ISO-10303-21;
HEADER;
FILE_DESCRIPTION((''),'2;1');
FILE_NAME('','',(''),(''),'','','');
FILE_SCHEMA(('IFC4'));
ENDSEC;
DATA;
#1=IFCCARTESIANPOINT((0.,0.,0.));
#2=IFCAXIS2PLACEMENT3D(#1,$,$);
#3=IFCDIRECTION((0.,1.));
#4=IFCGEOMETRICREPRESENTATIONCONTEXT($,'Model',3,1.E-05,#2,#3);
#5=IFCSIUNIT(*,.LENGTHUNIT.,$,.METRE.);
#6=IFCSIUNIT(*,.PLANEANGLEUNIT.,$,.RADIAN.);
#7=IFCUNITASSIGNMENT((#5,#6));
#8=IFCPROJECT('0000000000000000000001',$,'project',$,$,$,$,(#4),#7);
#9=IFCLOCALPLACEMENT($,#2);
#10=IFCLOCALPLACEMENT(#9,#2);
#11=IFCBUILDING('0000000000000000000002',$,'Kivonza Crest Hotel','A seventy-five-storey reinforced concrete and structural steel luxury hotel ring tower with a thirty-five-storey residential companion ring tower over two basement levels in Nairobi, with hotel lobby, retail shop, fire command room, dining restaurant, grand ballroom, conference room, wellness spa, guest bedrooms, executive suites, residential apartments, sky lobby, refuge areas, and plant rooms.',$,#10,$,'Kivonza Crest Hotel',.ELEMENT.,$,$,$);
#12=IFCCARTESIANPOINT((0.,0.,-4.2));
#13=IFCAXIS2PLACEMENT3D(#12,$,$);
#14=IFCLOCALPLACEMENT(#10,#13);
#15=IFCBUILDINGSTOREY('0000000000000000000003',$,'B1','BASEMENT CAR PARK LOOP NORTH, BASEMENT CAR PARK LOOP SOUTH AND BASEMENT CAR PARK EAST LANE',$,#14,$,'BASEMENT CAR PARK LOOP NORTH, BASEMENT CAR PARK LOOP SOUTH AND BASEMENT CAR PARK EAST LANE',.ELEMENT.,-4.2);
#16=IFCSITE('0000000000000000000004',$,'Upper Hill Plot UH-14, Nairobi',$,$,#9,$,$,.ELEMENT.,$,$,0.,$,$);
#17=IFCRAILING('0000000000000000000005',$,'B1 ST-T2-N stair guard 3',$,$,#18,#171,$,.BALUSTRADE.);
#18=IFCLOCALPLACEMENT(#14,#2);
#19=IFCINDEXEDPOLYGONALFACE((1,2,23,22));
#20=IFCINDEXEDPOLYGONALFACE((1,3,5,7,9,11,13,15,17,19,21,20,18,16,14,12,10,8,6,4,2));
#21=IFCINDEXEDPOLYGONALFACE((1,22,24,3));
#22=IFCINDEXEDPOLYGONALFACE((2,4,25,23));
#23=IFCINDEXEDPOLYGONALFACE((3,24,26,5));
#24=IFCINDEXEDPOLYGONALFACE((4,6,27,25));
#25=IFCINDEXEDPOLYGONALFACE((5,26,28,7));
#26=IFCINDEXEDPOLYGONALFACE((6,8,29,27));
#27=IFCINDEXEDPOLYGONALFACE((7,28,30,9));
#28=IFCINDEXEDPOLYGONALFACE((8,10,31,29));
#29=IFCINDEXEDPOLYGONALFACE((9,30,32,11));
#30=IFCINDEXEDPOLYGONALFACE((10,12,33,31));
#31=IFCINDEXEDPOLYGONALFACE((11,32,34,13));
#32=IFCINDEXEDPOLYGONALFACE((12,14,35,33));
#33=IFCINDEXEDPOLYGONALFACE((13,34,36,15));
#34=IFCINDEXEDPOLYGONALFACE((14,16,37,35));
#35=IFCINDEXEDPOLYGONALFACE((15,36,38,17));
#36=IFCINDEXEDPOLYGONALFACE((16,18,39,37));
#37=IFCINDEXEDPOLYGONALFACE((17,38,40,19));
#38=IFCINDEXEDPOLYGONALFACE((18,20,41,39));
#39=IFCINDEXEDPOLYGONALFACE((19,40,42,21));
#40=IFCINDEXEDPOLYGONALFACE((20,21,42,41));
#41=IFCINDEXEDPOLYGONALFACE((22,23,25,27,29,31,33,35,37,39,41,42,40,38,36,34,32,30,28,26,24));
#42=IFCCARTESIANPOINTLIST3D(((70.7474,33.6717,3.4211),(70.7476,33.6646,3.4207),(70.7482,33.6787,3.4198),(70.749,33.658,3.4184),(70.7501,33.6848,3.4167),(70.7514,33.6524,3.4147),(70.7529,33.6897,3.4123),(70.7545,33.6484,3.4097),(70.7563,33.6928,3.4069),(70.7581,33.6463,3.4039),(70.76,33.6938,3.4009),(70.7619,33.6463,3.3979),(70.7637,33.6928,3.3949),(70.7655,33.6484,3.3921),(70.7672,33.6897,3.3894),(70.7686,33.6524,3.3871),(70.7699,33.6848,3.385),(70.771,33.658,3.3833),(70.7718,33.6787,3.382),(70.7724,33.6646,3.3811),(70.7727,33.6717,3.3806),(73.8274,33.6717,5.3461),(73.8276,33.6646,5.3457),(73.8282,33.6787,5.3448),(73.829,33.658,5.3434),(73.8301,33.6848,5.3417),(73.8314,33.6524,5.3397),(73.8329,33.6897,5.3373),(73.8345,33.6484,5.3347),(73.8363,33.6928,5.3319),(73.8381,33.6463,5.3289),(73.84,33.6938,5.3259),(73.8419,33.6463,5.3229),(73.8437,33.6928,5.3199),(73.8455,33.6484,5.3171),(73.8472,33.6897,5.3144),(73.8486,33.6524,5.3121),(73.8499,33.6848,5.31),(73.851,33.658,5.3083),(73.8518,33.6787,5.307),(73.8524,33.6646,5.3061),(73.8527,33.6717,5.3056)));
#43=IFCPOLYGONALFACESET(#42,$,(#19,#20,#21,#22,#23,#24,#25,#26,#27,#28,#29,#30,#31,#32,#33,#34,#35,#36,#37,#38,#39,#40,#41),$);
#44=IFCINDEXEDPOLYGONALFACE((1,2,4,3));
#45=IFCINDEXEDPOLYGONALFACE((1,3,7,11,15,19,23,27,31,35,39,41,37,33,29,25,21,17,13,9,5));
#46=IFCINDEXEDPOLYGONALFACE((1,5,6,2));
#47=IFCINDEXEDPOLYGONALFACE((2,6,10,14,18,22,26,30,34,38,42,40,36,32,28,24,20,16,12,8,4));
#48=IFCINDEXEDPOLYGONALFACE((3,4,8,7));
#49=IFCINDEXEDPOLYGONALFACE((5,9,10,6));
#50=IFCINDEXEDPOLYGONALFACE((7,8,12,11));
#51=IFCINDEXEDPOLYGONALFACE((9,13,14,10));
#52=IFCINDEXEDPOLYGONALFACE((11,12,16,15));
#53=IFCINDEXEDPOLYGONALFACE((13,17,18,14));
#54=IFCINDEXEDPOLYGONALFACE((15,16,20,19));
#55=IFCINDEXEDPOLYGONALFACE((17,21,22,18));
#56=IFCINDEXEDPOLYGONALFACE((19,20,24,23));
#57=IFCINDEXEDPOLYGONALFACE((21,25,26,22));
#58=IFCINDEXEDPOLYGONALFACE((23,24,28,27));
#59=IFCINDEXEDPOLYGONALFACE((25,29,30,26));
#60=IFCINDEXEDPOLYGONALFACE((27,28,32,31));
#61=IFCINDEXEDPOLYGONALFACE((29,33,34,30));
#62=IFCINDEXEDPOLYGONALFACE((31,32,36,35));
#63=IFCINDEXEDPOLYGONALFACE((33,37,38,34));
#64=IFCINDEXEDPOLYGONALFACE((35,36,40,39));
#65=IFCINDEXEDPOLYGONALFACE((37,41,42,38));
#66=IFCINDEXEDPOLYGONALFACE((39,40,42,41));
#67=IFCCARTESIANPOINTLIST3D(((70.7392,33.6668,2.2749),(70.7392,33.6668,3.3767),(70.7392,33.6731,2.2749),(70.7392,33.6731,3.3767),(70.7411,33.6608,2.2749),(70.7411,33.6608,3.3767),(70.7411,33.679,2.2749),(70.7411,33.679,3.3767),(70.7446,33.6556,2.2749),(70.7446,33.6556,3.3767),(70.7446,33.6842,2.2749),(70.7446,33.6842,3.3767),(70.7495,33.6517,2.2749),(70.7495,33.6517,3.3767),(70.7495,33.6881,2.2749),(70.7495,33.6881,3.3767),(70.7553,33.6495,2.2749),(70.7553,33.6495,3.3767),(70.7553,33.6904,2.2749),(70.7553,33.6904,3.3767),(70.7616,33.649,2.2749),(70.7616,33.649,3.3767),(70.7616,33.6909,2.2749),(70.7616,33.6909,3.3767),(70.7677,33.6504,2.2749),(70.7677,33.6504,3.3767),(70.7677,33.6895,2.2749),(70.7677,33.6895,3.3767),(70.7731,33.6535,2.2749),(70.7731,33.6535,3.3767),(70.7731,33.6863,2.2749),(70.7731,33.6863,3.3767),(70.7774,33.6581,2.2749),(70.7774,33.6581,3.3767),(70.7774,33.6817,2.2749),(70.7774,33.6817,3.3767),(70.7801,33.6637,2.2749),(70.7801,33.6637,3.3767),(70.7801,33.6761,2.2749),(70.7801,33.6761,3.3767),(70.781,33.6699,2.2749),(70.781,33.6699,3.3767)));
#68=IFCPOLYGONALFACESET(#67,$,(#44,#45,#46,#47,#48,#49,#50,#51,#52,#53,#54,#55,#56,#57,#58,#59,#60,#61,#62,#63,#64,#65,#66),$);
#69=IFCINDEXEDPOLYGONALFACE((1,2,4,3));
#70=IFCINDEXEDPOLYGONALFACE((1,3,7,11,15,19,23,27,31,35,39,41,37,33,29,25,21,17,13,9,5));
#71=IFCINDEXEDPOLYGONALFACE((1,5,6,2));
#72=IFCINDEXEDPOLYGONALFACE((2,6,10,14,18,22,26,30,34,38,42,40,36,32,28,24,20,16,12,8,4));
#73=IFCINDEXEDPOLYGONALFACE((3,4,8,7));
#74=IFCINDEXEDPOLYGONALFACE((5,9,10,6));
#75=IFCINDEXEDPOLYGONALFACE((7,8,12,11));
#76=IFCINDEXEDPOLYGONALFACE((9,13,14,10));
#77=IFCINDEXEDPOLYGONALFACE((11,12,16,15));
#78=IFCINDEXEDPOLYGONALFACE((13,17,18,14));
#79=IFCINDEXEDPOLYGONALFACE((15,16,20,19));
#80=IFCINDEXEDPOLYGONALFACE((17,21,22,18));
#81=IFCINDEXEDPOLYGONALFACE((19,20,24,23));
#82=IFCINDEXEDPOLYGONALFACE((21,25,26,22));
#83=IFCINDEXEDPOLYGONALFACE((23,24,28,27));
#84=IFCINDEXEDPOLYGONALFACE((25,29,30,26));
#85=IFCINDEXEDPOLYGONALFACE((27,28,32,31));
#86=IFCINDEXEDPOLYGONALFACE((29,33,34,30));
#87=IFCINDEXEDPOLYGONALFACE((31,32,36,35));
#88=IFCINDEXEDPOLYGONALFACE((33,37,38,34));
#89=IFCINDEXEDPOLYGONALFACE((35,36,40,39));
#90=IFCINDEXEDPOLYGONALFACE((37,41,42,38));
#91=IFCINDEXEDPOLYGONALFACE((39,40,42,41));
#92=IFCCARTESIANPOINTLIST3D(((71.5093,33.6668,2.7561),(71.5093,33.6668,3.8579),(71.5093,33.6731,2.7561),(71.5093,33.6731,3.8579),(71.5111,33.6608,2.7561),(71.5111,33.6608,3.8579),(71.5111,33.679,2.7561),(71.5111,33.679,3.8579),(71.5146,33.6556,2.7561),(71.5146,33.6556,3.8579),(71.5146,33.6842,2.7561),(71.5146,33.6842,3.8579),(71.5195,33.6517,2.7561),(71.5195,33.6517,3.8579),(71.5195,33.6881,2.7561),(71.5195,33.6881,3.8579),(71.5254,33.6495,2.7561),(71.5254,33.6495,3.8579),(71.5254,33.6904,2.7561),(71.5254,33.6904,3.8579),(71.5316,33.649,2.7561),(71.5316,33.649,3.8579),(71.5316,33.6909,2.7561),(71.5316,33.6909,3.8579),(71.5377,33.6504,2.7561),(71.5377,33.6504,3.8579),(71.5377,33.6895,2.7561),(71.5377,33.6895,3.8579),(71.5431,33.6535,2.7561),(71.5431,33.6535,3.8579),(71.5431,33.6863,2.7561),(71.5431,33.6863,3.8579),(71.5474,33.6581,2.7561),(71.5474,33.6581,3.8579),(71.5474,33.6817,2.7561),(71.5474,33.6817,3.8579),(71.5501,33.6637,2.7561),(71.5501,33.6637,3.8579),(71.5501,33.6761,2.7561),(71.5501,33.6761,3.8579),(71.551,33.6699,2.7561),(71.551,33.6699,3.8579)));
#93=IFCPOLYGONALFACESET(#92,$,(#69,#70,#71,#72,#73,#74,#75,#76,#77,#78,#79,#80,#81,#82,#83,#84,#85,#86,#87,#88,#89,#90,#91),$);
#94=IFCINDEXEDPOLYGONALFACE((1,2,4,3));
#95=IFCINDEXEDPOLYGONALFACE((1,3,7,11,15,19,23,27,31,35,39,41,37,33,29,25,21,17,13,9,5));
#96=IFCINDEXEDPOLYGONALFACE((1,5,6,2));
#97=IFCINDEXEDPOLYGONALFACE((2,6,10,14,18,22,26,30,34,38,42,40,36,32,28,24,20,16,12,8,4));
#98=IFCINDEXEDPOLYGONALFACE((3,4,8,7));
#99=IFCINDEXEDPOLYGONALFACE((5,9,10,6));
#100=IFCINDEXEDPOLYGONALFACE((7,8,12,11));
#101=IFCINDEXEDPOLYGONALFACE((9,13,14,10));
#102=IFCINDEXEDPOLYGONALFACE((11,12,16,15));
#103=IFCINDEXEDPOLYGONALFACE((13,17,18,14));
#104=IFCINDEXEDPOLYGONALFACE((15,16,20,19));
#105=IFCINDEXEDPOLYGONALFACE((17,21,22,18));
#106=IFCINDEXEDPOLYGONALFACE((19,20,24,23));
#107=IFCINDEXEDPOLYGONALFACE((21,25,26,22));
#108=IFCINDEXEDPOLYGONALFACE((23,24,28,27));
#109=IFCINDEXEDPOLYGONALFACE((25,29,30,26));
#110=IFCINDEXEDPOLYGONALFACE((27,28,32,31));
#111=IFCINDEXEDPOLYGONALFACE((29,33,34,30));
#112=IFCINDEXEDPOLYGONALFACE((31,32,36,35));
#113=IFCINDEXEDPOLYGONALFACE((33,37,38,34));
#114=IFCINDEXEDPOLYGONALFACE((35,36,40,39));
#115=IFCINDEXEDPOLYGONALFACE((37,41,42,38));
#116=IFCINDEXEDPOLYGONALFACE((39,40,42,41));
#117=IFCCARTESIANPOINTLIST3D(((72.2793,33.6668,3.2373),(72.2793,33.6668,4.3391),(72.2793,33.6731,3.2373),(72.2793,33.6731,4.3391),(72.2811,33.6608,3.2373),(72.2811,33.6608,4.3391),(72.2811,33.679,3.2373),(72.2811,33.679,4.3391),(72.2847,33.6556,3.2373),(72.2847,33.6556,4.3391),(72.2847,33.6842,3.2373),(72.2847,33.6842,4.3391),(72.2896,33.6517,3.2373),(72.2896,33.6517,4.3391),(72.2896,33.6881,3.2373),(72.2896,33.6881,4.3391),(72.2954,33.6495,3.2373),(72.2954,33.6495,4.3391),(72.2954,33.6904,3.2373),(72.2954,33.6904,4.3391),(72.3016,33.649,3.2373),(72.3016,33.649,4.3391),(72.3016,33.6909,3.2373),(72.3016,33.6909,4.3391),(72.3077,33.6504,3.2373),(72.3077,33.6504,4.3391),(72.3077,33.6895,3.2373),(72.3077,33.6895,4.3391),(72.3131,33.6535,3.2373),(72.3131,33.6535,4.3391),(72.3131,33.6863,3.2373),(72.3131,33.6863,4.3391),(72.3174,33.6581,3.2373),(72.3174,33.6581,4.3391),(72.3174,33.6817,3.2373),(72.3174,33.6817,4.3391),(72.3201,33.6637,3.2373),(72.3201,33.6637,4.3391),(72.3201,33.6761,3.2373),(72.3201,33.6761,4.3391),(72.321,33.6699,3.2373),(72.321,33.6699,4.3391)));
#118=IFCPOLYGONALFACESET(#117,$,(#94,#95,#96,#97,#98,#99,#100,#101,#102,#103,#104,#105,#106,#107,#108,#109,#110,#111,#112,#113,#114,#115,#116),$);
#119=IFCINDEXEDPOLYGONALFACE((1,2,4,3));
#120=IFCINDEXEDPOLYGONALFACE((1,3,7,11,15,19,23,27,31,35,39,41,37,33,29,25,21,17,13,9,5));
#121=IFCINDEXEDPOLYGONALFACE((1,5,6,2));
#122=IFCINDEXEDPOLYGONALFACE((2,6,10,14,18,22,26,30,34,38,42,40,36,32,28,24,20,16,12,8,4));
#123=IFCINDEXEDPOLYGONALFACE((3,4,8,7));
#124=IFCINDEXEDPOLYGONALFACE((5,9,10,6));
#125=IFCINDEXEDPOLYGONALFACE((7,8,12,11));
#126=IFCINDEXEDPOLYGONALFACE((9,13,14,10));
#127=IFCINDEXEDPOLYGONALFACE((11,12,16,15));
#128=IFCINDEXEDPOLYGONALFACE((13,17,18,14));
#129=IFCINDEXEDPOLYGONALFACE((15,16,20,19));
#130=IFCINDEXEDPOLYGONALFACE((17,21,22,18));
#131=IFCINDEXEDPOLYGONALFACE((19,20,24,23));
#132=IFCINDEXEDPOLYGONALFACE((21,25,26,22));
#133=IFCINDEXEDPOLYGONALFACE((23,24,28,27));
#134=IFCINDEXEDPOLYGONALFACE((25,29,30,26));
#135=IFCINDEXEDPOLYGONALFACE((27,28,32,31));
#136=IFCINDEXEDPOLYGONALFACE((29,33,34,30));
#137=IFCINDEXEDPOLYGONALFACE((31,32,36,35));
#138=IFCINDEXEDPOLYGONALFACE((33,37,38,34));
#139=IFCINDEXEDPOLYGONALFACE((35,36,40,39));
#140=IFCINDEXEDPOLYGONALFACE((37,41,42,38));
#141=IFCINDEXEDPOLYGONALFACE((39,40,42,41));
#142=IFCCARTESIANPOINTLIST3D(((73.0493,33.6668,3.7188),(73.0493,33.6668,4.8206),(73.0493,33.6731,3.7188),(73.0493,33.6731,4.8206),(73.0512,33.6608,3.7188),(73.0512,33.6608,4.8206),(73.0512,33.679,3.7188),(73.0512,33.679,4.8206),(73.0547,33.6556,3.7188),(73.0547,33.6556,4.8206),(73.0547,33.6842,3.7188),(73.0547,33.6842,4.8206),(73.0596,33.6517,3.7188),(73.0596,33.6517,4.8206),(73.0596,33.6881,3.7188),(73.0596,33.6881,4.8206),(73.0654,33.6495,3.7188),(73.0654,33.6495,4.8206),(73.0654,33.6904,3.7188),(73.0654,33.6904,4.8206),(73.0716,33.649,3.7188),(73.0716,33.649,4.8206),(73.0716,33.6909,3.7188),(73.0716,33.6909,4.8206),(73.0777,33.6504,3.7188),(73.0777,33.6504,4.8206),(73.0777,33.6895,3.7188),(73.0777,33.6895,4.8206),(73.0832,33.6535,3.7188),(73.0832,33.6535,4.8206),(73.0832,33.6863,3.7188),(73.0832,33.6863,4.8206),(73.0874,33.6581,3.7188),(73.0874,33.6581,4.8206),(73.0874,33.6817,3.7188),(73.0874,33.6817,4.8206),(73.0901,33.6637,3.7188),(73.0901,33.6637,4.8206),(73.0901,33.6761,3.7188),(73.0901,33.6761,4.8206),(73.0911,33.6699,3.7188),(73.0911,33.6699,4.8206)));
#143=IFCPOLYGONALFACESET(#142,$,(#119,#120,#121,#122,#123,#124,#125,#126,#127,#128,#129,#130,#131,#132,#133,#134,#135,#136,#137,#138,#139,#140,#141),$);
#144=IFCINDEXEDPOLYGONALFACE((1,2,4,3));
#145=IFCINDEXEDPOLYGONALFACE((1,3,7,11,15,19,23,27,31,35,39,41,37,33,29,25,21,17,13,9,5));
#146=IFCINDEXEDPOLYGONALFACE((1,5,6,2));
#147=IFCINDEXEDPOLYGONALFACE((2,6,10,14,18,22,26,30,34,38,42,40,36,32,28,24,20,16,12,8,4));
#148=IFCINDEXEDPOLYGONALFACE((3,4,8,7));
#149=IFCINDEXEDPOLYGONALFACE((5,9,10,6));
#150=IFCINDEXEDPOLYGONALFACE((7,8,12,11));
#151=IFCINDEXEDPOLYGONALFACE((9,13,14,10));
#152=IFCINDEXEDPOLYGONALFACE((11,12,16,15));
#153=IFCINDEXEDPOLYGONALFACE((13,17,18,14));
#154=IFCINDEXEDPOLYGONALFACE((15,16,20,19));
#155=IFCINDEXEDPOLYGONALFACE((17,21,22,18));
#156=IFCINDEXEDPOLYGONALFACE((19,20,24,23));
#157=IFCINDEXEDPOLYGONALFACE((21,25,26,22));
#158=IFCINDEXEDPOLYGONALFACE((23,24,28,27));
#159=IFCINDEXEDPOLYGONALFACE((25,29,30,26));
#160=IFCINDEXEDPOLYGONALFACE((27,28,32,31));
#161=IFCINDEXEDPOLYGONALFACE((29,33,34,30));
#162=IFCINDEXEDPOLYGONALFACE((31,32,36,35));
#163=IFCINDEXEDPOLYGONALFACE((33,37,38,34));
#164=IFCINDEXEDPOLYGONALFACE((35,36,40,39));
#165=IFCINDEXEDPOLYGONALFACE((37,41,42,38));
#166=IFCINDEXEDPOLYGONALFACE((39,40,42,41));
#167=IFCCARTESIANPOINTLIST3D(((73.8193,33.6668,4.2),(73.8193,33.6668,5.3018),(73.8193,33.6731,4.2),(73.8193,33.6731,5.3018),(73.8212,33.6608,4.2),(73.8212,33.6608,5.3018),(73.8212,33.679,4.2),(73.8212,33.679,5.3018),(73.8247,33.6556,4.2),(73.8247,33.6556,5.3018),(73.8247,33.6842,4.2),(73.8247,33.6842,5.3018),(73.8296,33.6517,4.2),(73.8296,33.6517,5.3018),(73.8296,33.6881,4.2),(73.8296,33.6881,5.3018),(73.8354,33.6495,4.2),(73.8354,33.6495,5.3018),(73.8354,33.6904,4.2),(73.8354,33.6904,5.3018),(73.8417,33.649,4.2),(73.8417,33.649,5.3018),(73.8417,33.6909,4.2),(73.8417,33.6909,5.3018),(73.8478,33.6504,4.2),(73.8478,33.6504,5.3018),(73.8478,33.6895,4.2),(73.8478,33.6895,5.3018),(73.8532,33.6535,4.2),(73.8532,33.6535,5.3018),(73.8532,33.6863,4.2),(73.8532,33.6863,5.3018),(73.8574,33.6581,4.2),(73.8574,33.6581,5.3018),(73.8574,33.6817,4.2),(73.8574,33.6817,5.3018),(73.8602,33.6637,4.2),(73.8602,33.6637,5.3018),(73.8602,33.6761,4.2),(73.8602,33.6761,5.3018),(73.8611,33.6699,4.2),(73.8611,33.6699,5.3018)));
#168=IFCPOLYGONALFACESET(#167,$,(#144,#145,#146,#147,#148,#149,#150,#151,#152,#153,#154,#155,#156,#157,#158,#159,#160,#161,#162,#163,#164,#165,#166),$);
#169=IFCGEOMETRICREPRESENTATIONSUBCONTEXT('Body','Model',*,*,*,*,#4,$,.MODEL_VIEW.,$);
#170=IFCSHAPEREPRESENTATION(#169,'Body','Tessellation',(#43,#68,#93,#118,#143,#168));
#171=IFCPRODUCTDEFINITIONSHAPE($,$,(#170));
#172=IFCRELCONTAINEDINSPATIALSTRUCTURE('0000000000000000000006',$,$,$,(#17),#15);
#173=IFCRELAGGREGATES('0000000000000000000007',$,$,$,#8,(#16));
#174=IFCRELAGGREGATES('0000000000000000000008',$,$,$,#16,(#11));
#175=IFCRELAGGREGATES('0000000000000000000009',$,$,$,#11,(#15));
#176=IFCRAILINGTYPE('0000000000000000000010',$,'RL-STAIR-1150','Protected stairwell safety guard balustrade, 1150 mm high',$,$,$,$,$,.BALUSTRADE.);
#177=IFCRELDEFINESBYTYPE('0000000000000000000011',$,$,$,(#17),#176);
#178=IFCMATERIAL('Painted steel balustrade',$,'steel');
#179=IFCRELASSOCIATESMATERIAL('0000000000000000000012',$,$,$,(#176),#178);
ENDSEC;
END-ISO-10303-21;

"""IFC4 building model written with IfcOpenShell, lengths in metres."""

from ifc_helpers import new_model, si_unit, direction, frame, origin, origin_2d, place, context, subcontext, project, spatial, circle, extrude, material, type_object, element, save


model = new_model("IFC4")

# Units and contexts
model_context = context("Model", 3, precision=1e-05, world=origin(), true_north=direction((0.0, 1.0)))
body_context = subcontext(model_context, "Body", "Model", "MODEL_VIEW")
ifc_project = project(units=[si_unit("LENGTHUNIT", "METRE"), si_unit("PLANEANGLEUNIT", "RADIAN")], contexts=[model_context])

# Site, building, storey
site_placement = place(None, origin())
site = spatial("IfcSite", under=ifc_project, at=site_placement, Name="Upper Hill Plot UH-14, Nairobi", CompositionType="ELEMENT", RefElevation=0.0)
building_placement = place(site_placement, origin())
building = spatial("IfcBuilding", under=site, at=building_placement, Name="Kivonza Crest Hotel", Description="A seventy-five-storey reinforced concrete and structural steel luxury hotel ring tower with a thirty-five-storey residential companion ring tower over two basement levels in Nairobi, with hotel lobby, retail shop, fire command room, dining restaurant, grand ballroom, conference room, wellness spa, guest bedrooms, executive suites, residential apartments, sky lobby, refuge areas, and plant rooms.", LongName="Kivonza Crest Hotel", CompositionType="ELEMENT")
storey_placement = place(building_placement, frame((0.0, 0.0, -4.2)))
storey = spatial("IfcBuildingStorey", under=building, at=storey_placement, Name="B1", Description="BASEMENT CAR PARK LOOP NORTH, BASEMENT CAR PARK LOOP SOUTH AND BASEMENT CAR PARK EAST LANE", LongName="BASEMENT CAR PARK LOOP NORTH, BASEMENT CAR PARK LOOP SOUTH AND BASEMENT CAR PARK EAST LANE", CompositionType="ELEMENT", Elevation=-4.2)

# Railing
ifc_material_1 = material(Name="Painted steel balustrade", Category="steel")
railing_type_1 = type_object("IfcRailingType", Name="RL-STAIR-1150", Description="Protected stairwell safety guard balustrade, 1150 mm high", PredefinedType="BALUSTRADE", material=ifc_material_1)
railing_1_placement = place(storey_placement, frame((70.76, 33.6699, 2.2749)))
element("IfcRailing", 1, at=railing_1_placement, inside=storey, type_object=railing_type_1, Name="B1 ST-T2-N stair guard 3", PredefinedType="BALUSTRADE", context=body_context, shape_type="SweptSolid", body=[
    extrude(circle(Radius=0.0239, at=origin_2d()), frame((0.0, 0.0, 1.126), z_axis=(0.847998, 0.0, 0.529999), x_axis=(0.0, 1.0, 0.0)), (0.0, 0.0, 1.0), 3.6321),
    extrude(circle(Radius=0.021, at=origin_2d()), origin(), (0.0, 0.0, 1.0), 1.1018),
    extrude(circle(Radius=0.021, at=origin_2d()), frame((0.77, 0.0, 0.4812)), (0.0, 0.0, 1.0), 1.1018),
    extrude(circle(Radius=0.021, at=origin_2d()), frame((1.54, 0.0, 0.9624)), (0.0, 0.0, 1.0), 1.1018),
    extrude(circle(Radius=0.021, at=origin_2d()), frame((2.3101, 0.0, 1.4438)), (0.0, 0.0, 1.0), 1.1018),
    extrude(circle(Radius=0.021, at=origin_2d()), frame((3.0801, 0.0, 1.925)), (0.0, 0.0, 1.0), 1.1018),
])

save(model, "model.ifc")
